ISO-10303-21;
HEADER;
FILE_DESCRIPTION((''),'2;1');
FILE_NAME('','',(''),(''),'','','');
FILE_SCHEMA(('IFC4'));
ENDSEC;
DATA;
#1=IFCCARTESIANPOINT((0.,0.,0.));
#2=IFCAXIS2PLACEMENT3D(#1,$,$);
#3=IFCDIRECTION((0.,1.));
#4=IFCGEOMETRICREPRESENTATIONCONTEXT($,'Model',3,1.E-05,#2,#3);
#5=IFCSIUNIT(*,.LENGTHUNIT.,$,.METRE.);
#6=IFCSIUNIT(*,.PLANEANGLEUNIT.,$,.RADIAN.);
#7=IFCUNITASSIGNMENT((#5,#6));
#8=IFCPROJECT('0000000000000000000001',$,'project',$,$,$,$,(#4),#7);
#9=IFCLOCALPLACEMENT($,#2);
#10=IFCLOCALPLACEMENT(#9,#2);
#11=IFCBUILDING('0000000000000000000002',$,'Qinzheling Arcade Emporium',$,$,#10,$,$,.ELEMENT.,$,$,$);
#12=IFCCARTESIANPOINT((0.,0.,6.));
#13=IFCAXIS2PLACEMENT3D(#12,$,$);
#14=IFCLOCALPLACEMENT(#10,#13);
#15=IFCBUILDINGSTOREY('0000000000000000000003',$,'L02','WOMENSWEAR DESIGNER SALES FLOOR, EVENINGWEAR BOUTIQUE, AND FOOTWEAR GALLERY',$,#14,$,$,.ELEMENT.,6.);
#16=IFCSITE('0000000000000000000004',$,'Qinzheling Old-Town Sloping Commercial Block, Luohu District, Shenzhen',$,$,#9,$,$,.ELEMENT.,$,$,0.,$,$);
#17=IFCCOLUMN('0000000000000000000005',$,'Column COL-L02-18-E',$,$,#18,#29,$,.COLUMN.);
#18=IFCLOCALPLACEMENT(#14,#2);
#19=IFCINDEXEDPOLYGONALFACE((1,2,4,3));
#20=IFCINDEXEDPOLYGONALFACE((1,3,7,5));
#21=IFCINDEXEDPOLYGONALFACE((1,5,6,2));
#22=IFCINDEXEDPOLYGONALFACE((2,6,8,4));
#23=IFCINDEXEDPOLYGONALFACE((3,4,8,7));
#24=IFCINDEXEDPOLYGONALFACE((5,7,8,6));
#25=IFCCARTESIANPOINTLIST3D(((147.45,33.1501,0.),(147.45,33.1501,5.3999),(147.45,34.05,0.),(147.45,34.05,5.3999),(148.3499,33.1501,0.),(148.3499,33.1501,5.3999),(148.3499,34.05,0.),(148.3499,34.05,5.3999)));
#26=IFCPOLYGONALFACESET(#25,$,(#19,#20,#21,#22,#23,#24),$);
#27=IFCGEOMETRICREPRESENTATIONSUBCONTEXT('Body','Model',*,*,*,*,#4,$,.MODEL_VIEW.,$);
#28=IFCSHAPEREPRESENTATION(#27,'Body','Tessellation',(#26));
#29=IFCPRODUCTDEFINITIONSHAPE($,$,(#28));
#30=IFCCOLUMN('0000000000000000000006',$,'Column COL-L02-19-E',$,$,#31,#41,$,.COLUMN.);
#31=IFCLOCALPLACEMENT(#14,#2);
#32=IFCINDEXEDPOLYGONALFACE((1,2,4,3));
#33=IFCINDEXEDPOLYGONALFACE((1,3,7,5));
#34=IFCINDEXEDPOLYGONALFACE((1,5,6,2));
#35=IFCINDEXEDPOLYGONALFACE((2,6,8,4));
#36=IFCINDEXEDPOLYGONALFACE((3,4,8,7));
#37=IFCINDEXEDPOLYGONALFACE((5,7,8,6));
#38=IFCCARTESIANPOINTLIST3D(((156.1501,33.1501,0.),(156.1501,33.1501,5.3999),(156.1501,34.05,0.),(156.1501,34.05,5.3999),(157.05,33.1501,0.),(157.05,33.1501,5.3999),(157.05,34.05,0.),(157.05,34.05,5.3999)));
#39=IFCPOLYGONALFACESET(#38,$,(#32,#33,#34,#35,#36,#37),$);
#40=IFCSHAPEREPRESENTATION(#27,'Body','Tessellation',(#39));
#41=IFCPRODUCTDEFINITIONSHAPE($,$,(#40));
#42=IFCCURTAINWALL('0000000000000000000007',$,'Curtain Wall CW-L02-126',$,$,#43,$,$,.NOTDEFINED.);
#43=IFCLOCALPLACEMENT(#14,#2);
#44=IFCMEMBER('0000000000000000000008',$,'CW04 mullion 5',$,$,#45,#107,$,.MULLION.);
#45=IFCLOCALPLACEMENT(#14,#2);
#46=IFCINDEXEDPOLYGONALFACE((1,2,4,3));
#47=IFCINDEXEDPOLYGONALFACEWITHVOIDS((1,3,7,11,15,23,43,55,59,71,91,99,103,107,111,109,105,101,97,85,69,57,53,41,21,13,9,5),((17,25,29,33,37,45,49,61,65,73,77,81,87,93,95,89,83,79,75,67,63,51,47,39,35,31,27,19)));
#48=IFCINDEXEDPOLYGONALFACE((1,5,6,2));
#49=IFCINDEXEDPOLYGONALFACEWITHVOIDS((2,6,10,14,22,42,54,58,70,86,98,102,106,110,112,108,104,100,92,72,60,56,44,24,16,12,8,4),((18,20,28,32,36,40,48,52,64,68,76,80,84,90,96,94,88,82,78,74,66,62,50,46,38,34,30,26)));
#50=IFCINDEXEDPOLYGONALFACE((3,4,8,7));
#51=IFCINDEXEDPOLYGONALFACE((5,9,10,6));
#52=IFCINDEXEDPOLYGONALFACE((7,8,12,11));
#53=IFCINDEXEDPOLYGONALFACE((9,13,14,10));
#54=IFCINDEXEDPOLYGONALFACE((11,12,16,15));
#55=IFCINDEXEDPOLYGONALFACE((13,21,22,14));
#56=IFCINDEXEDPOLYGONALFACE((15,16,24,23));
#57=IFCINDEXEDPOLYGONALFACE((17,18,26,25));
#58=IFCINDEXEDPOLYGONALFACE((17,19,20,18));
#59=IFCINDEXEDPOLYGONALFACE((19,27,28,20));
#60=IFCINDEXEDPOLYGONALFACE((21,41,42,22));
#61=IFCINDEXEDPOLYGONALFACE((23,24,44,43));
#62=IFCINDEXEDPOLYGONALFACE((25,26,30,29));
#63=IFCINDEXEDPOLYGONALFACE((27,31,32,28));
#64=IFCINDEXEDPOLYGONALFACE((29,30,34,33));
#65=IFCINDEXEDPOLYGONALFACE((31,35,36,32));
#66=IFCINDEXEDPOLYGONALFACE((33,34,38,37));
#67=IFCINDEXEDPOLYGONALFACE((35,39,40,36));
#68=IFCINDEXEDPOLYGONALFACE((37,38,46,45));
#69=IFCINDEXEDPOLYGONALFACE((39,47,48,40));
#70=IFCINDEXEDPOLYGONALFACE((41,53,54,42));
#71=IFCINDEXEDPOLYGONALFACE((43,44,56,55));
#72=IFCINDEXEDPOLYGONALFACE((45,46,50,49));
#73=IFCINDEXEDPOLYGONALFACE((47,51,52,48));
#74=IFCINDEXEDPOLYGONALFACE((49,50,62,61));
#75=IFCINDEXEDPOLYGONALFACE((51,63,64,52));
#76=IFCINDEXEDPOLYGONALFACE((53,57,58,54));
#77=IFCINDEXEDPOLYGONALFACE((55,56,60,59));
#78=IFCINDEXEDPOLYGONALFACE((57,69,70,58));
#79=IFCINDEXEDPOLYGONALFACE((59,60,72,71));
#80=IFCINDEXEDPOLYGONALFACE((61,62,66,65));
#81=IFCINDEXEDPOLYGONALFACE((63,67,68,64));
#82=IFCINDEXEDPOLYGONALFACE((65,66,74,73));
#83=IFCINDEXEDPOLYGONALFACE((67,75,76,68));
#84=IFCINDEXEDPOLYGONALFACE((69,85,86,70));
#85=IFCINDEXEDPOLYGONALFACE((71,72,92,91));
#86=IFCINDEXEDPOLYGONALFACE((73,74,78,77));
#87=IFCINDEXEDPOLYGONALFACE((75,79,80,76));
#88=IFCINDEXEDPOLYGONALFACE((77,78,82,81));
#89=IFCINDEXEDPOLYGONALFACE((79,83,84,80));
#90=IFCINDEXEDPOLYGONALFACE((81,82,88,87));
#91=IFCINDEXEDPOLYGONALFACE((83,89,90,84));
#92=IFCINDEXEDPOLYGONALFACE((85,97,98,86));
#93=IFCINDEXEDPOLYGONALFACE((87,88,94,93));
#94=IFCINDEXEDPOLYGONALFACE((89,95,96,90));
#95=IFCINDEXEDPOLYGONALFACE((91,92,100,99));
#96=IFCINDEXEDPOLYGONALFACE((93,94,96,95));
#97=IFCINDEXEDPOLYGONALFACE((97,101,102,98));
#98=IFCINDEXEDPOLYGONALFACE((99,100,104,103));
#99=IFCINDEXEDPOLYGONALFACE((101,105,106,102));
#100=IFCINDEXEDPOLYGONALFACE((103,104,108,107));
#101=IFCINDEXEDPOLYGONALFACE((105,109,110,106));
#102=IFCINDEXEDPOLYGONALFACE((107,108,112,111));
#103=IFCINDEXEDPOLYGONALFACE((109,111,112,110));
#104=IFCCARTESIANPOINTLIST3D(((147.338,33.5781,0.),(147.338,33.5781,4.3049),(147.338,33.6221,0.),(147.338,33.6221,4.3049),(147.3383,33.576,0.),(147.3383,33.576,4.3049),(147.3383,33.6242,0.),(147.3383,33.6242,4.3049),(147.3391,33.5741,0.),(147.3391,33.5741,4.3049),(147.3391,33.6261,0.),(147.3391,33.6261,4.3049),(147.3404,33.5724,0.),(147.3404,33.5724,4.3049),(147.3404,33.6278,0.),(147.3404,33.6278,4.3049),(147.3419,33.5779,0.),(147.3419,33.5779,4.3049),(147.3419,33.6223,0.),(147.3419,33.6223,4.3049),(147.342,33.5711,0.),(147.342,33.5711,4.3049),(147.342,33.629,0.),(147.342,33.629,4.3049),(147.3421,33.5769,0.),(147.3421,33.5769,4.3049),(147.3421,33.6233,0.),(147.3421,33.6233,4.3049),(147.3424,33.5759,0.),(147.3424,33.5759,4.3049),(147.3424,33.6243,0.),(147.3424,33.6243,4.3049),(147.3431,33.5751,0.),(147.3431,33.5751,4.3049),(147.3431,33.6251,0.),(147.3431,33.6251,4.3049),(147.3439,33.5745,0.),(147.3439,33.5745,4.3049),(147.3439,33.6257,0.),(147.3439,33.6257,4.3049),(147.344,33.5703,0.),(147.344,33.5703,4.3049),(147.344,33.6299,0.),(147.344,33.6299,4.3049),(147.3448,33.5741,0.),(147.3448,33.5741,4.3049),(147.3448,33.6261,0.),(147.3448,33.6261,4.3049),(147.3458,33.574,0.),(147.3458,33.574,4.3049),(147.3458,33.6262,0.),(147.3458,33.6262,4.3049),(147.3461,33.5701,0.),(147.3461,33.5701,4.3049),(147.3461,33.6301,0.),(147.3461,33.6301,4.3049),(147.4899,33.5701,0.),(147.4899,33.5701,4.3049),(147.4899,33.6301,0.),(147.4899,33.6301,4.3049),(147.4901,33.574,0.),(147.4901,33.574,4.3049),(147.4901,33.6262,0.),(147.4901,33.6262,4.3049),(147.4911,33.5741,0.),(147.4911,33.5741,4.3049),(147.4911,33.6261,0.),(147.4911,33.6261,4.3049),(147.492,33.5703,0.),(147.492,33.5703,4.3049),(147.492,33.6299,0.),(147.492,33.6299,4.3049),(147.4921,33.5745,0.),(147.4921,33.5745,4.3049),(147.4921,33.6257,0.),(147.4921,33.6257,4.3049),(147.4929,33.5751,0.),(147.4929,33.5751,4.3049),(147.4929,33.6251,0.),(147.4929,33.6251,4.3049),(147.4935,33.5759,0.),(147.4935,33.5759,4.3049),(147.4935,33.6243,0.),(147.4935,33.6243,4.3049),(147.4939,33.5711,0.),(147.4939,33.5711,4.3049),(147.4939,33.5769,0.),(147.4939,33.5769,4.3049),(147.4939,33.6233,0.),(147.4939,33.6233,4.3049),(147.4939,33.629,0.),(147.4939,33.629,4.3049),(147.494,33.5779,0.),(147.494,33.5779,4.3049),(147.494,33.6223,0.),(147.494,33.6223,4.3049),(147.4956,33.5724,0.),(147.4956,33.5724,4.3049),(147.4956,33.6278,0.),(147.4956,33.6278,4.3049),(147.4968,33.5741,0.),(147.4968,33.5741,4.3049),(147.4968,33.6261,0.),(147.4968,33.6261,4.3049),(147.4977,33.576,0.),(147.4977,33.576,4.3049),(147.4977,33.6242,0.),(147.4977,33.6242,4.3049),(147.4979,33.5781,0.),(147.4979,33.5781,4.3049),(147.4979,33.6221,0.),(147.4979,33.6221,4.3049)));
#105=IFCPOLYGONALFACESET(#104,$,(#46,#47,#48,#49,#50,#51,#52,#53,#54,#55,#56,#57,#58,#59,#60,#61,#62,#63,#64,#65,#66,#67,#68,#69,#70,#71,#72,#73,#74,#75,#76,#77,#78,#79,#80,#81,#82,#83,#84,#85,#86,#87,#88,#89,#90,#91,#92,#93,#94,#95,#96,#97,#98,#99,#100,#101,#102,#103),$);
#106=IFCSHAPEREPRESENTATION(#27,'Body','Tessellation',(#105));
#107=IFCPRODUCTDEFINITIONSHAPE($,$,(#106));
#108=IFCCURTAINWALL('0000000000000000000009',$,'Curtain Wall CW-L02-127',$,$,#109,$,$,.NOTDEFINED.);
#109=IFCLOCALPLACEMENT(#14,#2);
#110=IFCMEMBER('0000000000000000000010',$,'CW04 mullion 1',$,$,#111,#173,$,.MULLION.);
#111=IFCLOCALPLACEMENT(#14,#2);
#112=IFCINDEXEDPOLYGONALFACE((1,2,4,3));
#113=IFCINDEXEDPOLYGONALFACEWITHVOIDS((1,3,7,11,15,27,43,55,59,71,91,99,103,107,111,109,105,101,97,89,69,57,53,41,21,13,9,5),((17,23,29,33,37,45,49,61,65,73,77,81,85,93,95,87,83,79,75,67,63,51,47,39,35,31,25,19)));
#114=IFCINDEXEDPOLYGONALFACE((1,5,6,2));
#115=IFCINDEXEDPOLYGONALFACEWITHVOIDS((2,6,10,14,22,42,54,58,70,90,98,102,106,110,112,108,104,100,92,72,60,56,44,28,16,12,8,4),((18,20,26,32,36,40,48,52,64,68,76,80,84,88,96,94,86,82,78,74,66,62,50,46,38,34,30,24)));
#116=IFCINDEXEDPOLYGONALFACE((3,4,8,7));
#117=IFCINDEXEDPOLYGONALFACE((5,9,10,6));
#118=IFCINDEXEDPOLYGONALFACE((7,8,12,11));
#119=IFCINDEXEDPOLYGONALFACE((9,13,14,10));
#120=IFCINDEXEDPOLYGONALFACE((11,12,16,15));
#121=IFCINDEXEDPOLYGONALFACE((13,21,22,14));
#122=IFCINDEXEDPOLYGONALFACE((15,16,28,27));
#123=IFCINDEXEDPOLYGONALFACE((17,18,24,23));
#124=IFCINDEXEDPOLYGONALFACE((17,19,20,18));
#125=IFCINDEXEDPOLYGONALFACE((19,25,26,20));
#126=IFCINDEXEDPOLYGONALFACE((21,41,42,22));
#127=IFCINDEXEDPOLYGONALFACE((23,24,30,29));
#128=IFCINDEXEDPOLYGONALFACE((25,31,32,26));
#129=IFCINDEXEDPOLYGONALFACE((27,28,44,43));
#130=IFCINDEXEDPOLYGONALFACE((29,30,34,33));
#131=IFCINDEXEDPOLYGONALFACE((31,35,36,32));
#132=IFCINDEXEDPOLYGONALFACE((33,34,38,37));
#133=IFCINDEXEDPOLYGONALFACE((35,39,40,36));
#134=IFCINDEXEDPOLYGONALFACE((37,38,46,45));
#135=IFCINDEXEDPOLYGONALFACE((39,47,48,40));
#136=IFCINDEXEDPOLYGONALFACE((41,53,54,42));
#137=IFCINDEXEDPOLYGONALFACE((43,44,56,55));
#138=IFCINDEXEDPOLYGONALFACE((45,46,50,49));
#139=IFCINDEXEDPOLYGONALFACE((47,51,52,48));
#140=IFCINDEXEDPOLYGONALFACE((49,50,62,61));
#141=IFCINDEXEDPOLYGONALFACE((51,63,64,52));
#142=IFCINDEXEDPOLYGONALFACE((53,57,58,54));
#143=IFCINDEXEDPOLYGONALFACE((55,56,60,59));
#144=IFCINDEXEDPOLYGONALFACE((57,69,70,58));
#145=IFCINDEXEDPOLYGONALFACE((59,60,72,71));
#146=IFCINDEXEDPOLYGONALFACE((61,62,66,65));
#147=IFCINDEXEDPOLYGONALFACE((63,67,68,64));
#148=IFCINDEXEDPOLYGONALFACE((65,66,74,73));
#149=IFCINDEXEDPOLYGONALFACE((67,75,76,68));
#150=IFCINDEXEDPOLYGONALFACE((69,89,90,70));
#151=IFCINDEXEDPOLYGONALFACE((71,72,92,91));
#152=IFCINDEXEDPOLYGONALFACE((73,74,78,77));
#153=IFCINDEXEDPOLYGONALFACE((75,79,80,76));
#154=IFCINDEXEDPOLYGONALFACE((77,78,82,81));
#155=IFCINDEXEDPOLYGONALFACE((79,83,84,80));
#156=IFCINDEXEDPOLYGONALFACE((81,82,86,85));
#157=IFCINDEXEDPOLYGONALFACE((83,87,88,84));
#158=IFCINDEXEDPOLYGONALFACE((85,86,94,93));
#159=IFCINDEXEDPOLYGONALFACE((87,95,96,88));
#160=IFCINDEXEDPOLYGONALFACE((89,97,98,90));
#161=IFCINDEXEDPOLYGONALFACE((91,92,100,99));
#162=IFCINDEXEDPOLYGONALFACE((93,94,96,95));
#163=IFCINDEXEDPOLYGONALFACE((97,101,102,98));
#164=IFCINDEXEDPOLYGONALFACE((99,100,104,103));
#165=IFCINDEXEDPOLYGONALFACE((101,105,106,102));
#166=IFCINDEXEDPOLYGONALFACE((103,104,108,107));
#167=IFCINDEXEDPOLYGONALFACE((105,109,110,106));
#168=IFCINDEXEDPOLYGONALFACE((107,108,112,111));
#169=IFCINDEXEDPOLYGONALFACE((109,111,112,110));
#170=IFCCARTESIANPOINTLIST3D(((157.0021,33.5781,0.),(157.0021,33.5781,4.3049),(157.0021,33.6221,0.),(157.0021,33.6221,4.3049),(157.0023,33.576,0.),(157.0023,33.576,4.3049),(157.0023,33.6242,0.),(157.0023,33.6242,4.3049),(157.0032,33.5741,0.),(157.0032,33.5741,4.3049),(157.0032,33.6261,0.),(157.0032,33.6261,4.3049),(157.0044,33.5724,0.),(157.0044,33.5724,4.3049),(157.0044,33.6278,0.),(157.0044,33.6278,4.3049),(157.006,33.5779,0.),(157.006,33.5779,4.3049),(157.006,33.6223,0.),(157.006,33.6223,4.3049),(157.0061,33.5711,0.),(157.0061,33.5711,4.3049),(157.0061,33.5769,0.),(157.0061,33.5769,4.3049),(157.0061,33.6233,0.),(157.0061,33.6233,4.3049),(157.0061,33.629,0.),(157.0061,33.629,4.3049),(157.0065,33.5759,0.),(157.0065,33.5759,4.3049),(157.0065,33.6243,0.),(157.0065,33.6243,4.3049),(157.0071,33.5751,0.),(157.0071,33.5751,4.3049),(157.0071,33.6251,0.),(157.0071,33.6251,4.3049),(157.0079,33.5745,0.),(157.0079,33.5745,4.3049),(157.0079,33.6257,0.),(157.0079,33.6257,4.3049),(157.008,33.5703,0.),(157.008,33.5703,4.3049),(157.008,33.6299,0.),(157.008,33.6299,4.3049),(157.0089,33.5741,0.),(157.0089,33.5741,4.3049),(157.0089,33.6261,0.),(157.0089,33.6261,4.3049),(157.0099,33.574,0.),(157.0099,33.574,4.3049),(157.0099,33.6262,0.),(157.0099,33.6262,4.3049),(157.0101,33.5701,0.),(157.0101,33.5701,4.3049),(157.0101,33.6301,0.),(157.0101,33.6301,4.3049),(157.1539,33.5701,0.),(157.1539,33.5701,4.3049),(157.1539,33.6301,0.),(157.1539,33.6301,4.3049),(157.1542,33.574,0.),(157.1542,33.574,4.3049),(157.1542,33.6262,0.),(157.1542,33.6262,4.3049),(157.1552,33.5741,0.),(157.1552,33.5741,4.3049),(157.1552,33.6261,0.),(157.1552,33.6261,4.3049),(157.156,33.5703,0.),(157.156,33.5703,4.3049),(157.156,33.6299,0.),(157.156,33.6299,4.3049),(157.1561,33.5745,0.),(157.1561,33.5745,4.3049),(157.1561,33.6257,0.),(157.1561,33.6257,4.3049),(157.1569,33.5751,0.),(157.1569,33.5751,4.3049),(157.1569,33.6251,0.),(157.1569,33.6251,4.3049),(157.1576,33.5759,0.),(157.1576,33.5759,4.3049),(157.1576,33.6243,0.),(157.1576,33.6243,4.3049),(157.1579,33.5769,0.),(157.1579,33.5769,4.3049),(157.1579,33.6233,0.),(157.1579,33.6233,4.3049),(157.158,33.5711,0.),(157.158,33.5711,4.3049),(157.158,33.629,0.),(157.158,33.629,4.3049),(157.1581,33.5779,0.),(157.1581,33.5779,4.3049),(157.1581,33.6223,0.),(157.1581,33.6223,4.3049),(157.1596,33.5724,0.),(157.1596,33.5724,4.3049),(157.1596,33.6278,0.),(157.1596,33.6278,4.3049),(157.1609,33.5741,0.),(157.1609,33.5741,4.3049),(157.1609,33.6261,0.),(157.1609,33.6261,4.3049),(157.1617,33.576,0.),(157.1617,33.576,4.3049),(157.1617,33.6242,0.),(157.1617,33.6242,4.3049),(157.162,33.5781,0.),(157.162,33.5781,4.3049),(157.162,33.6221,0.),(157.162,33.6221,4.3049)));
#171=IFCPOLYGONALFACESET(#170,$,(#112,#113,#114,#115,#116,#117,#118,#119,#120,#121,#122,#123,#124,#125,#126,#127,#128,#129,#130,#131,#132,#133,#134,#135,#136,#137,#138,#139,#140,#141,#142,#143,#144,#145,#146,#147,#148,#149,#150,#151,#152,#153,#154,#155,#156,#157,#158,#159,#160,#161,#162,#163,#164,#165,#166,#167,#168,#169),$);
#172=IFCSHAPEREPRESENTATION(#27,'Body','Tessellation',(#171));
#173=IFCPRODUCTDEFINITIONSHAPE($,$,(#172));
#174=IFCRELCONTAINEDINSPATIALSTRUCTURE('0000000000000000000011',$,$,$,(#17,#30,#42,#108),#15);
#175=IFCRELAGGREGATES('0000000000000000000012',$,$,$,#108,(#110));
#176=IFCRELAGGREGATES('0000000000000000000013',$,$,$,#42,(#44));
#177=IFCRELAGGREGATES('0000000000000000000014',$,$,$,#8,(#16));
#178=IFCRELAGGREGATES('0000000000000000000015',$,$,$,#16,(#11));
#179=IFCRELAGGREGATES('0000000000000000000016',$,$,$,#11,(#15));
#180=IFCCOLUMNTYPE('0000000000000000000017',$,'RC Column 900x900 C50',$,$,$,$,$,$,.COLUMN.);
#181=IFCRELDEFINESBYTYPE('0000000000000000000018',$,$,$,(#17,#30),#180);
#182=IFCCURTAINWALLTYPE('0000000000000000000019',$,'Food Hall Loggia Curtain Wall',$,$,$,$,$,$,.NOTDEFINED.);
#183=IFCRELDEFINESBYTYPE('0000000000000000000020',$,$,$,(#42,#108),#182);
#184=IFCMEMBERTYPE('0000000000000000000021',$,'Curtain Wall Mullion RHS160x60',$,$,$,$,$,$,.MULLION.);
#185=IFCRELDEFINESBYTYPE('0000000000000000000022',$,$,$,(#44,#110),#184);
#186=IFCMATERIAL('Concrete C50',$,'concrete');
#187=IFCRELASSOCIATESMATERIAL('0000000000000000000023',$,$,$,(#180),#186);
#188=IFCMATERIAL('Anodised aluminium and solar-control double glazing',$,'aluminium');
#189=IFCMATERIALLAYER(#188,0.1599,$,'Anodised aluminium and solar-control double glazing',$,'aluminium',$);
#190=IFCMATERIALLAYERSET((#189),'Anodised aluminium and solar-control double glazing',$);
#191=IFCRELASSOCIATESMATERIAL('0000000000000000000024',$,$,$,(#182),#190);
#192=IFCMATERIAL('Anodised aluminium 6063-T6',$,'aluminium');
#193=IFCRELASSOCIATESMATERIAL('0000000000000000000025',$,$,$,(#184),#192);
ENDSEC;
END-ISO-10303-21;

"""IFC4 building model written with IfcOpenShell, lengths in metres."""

from ifc_helpers import new_model, si_unit, direction, frame, origin, origin_2d, place, context, subcontext, project, spatial, rectangle, hollow_rectangle, extrude, material, layer, layer_set, material_profile, profile_set, type_object, element, aggregate, save


model = new_model("IFC4")

# Units and contexts
model_context = context("Model", 3, precision=1e-05, world=origin(), true_north=direction((0.0, 1.0)))
body_context = subcontext(model_context, "Body", "Model", "MODEL_VIEW")
ifc_project = project(units=[si_unit("LENGTHUNIT", "METRE"), si_unit("PLANEANGLEUNIT", "RADIAN")], contexts=[model_context])

# Site, building, storey
site_placement = place(None, origin())
site = spatial("IfcSite", under=ifc_project, at=site_placement, Name="Qinzheling Old-Town Sloping Commercial Block, Luohu District, Shenzhen", CompositionType="ELEMENT", RefElevation=0.0)
building_placement = place(site_placement, origin())
building = spatial("IfcBuilding", under=site, at=building_placement, Name="Qinzheling Arcade Emporium", CompositionType="ELEMENT")
storey_placement = place(building_placement, frame((0.0, 0.0, 6.0)))
storey = spatial("IfcBuildingStorey", under=building, at=storey_placement, Name="L02", Description="WOMENSWEAR DESIGNER SALES FLOOR, EVENINGWEAR BOUTIQUE, AND FOOTWEAR GALLERY", CompositionType="ELEMENT", Elevation=6.0)

# Columns
ifc_material_1 = material(Name="Concrete C50", Category="concrete")
ifc_material_profile_1 = material_profile(ifc_material_1, rectangle(XDim=0.8999, YDim=0.8999, at=origin_2d()), Name="RC 900x900", Category="concrete")
ifc_profile_set_1 = profile_set([ifc_material_profile_1], Name="Concrete C50")
column_type = type_object("IfcColumnType", Name="RC Column 900x900 C50", PredefinedType="COLUMN", material=ifc_profile_set_1)
for number, where, z_axis, x_axis, name in (
    (1, (147.8999, 33.6001, 0.0), (0.0, 0.0, 1.0), (1.0, 0.0, 0.0), "Column COL-L02-18-E"),
    (2, (156.6001, 33.6001, 0.0), (0.0, 0.0, 1.0), (1.0, 0.0, 0.0), "Column COL-L02-19-E"),
):
    element("IfcColumn", number, at=place(storey_placement, frame(where, z_axis=z_axis, x_axis=x_axis)), inside=storey, type_object=column_type, Name=name, PredefinedType="COLUMN", context=body_context, shape_type="SweptSolid", body=[
        extrude(rectangle(XDim=0.8999, YDim=0.8999, at=origin_2d()), origin(), (0.0, 0.0, 1.0), 5.3999),
    ])

# Curtain wall, member
ifc_material_2 = material(Name="Anodised aluminium and solar-control double glazing", Category="aluminium")
ifc_layer_1 = layer(ifc_material_2, 0.1599, Name="Anodised aluminium and solar-control double glazing", Category="aluminium")
ifc_layer_set_1 = layer_set([ifc_layer_1], Name="Anodised aluminium and solar-control double glazing")
curtain_wall_type = type_object("IfcCurtainWallType", Name="Food Hall Loggia Curtain Wall", PredefinedType="NOTDEFINED", material=ifc_layer_set_1)
curtain_wall_1_placement = place(storey_placement, origin())
curtain_wall_1 = element("IfcCurtainWall", 3, at=curtain_wall_1_placement, inside=storey, type_object=curtain_wall_type, Name="Curtain Wall CW-L02-126", PredefinedType="NOTDEFINED")
ifc_material_3 = material(Name="Anodised aluminium 6063-T6", Category="aluminium")
ifc_material_profile_2 = material_profile(ifc_material_3, hollow_rectangle(XDim=0.0601, YDim=0.1599, WallThickness=0.0039, InnerFilletRadius=0.0039, OuterFilletRadius=0.0081, at=origin_2d()), Name="RHS 160x60x4", Category="aluminium")
ifc_profile_set_2 = profile_set([ifc_material_profile_2], Name="Anodised aluminium 6063-T6")
member_type_1 = type_object("IfcMemberType", Name="Curtain Wall Mullion RHS160x60", PredefinedType="MULLION", material=ifc_profile_set_2)
member_1_placement = place(storey_placement, frame((147.418, 33.6001, 0.0), z_axis=(0.0, 0.0, 1.0), x_axis=(0.0, 1.0, 0.0)))
member_1 = element("IfcMember", 4, at=member_1_placement, type_object=member_type_1, Name="CW04 mullion 5", PredefinedType="MULLION", context=body_context, shape_type="SweptSolid", body=[
    extrude(hollow_rectangle(XDim=0.0601, YDim=0.1599, WallThickness=0.0039, InnerFilletRadius=0.0039, OuterFilletRadius=0.0081, at=origin_2d()), origin(), (0.0, 0.0, 1.0), 4.3049),
])

# Curtain wall, member
curtain_wall_2_placement = place(storey_placement, origin())
curtain_wall_2 = element("IfcCurtainWall", 5, at=curtain_wall_2_placement, inside=storey, type_object=curtain_wall_type, Name="Curtain Wall CW-L02-127", PredefinedType="NOTDEFINED")
member_2_placement = place(storey_placement, frame((157.082, 33.6001, 0.0), z_axis=(0.0, 0.0, 1.0), x_axis=(0.0, 1.0, 0.0)))
member_2 = element("IfcMember", 6, at=member_2_placement, type_object=member_type_1, Name="CW04 mullion 1", PredefinedType="MULLION", context=body_context, shape_type="SweptSolid", body=[
    extrude(hollow_rectangle(XDim=0.0601, YDim=0.1599, WallThickness=0.0039, InnerFilletRadius=0.0039, OuterFilletRadius=0.0081, at=origin_2d()), origin(), (0.0, 0.0, 1.0), 4.3049),
])

aggregate(curtain_wall_2, [member_2])
aggregate(curtain_wall_1, [member_1])

save(model, "model.ifc")
